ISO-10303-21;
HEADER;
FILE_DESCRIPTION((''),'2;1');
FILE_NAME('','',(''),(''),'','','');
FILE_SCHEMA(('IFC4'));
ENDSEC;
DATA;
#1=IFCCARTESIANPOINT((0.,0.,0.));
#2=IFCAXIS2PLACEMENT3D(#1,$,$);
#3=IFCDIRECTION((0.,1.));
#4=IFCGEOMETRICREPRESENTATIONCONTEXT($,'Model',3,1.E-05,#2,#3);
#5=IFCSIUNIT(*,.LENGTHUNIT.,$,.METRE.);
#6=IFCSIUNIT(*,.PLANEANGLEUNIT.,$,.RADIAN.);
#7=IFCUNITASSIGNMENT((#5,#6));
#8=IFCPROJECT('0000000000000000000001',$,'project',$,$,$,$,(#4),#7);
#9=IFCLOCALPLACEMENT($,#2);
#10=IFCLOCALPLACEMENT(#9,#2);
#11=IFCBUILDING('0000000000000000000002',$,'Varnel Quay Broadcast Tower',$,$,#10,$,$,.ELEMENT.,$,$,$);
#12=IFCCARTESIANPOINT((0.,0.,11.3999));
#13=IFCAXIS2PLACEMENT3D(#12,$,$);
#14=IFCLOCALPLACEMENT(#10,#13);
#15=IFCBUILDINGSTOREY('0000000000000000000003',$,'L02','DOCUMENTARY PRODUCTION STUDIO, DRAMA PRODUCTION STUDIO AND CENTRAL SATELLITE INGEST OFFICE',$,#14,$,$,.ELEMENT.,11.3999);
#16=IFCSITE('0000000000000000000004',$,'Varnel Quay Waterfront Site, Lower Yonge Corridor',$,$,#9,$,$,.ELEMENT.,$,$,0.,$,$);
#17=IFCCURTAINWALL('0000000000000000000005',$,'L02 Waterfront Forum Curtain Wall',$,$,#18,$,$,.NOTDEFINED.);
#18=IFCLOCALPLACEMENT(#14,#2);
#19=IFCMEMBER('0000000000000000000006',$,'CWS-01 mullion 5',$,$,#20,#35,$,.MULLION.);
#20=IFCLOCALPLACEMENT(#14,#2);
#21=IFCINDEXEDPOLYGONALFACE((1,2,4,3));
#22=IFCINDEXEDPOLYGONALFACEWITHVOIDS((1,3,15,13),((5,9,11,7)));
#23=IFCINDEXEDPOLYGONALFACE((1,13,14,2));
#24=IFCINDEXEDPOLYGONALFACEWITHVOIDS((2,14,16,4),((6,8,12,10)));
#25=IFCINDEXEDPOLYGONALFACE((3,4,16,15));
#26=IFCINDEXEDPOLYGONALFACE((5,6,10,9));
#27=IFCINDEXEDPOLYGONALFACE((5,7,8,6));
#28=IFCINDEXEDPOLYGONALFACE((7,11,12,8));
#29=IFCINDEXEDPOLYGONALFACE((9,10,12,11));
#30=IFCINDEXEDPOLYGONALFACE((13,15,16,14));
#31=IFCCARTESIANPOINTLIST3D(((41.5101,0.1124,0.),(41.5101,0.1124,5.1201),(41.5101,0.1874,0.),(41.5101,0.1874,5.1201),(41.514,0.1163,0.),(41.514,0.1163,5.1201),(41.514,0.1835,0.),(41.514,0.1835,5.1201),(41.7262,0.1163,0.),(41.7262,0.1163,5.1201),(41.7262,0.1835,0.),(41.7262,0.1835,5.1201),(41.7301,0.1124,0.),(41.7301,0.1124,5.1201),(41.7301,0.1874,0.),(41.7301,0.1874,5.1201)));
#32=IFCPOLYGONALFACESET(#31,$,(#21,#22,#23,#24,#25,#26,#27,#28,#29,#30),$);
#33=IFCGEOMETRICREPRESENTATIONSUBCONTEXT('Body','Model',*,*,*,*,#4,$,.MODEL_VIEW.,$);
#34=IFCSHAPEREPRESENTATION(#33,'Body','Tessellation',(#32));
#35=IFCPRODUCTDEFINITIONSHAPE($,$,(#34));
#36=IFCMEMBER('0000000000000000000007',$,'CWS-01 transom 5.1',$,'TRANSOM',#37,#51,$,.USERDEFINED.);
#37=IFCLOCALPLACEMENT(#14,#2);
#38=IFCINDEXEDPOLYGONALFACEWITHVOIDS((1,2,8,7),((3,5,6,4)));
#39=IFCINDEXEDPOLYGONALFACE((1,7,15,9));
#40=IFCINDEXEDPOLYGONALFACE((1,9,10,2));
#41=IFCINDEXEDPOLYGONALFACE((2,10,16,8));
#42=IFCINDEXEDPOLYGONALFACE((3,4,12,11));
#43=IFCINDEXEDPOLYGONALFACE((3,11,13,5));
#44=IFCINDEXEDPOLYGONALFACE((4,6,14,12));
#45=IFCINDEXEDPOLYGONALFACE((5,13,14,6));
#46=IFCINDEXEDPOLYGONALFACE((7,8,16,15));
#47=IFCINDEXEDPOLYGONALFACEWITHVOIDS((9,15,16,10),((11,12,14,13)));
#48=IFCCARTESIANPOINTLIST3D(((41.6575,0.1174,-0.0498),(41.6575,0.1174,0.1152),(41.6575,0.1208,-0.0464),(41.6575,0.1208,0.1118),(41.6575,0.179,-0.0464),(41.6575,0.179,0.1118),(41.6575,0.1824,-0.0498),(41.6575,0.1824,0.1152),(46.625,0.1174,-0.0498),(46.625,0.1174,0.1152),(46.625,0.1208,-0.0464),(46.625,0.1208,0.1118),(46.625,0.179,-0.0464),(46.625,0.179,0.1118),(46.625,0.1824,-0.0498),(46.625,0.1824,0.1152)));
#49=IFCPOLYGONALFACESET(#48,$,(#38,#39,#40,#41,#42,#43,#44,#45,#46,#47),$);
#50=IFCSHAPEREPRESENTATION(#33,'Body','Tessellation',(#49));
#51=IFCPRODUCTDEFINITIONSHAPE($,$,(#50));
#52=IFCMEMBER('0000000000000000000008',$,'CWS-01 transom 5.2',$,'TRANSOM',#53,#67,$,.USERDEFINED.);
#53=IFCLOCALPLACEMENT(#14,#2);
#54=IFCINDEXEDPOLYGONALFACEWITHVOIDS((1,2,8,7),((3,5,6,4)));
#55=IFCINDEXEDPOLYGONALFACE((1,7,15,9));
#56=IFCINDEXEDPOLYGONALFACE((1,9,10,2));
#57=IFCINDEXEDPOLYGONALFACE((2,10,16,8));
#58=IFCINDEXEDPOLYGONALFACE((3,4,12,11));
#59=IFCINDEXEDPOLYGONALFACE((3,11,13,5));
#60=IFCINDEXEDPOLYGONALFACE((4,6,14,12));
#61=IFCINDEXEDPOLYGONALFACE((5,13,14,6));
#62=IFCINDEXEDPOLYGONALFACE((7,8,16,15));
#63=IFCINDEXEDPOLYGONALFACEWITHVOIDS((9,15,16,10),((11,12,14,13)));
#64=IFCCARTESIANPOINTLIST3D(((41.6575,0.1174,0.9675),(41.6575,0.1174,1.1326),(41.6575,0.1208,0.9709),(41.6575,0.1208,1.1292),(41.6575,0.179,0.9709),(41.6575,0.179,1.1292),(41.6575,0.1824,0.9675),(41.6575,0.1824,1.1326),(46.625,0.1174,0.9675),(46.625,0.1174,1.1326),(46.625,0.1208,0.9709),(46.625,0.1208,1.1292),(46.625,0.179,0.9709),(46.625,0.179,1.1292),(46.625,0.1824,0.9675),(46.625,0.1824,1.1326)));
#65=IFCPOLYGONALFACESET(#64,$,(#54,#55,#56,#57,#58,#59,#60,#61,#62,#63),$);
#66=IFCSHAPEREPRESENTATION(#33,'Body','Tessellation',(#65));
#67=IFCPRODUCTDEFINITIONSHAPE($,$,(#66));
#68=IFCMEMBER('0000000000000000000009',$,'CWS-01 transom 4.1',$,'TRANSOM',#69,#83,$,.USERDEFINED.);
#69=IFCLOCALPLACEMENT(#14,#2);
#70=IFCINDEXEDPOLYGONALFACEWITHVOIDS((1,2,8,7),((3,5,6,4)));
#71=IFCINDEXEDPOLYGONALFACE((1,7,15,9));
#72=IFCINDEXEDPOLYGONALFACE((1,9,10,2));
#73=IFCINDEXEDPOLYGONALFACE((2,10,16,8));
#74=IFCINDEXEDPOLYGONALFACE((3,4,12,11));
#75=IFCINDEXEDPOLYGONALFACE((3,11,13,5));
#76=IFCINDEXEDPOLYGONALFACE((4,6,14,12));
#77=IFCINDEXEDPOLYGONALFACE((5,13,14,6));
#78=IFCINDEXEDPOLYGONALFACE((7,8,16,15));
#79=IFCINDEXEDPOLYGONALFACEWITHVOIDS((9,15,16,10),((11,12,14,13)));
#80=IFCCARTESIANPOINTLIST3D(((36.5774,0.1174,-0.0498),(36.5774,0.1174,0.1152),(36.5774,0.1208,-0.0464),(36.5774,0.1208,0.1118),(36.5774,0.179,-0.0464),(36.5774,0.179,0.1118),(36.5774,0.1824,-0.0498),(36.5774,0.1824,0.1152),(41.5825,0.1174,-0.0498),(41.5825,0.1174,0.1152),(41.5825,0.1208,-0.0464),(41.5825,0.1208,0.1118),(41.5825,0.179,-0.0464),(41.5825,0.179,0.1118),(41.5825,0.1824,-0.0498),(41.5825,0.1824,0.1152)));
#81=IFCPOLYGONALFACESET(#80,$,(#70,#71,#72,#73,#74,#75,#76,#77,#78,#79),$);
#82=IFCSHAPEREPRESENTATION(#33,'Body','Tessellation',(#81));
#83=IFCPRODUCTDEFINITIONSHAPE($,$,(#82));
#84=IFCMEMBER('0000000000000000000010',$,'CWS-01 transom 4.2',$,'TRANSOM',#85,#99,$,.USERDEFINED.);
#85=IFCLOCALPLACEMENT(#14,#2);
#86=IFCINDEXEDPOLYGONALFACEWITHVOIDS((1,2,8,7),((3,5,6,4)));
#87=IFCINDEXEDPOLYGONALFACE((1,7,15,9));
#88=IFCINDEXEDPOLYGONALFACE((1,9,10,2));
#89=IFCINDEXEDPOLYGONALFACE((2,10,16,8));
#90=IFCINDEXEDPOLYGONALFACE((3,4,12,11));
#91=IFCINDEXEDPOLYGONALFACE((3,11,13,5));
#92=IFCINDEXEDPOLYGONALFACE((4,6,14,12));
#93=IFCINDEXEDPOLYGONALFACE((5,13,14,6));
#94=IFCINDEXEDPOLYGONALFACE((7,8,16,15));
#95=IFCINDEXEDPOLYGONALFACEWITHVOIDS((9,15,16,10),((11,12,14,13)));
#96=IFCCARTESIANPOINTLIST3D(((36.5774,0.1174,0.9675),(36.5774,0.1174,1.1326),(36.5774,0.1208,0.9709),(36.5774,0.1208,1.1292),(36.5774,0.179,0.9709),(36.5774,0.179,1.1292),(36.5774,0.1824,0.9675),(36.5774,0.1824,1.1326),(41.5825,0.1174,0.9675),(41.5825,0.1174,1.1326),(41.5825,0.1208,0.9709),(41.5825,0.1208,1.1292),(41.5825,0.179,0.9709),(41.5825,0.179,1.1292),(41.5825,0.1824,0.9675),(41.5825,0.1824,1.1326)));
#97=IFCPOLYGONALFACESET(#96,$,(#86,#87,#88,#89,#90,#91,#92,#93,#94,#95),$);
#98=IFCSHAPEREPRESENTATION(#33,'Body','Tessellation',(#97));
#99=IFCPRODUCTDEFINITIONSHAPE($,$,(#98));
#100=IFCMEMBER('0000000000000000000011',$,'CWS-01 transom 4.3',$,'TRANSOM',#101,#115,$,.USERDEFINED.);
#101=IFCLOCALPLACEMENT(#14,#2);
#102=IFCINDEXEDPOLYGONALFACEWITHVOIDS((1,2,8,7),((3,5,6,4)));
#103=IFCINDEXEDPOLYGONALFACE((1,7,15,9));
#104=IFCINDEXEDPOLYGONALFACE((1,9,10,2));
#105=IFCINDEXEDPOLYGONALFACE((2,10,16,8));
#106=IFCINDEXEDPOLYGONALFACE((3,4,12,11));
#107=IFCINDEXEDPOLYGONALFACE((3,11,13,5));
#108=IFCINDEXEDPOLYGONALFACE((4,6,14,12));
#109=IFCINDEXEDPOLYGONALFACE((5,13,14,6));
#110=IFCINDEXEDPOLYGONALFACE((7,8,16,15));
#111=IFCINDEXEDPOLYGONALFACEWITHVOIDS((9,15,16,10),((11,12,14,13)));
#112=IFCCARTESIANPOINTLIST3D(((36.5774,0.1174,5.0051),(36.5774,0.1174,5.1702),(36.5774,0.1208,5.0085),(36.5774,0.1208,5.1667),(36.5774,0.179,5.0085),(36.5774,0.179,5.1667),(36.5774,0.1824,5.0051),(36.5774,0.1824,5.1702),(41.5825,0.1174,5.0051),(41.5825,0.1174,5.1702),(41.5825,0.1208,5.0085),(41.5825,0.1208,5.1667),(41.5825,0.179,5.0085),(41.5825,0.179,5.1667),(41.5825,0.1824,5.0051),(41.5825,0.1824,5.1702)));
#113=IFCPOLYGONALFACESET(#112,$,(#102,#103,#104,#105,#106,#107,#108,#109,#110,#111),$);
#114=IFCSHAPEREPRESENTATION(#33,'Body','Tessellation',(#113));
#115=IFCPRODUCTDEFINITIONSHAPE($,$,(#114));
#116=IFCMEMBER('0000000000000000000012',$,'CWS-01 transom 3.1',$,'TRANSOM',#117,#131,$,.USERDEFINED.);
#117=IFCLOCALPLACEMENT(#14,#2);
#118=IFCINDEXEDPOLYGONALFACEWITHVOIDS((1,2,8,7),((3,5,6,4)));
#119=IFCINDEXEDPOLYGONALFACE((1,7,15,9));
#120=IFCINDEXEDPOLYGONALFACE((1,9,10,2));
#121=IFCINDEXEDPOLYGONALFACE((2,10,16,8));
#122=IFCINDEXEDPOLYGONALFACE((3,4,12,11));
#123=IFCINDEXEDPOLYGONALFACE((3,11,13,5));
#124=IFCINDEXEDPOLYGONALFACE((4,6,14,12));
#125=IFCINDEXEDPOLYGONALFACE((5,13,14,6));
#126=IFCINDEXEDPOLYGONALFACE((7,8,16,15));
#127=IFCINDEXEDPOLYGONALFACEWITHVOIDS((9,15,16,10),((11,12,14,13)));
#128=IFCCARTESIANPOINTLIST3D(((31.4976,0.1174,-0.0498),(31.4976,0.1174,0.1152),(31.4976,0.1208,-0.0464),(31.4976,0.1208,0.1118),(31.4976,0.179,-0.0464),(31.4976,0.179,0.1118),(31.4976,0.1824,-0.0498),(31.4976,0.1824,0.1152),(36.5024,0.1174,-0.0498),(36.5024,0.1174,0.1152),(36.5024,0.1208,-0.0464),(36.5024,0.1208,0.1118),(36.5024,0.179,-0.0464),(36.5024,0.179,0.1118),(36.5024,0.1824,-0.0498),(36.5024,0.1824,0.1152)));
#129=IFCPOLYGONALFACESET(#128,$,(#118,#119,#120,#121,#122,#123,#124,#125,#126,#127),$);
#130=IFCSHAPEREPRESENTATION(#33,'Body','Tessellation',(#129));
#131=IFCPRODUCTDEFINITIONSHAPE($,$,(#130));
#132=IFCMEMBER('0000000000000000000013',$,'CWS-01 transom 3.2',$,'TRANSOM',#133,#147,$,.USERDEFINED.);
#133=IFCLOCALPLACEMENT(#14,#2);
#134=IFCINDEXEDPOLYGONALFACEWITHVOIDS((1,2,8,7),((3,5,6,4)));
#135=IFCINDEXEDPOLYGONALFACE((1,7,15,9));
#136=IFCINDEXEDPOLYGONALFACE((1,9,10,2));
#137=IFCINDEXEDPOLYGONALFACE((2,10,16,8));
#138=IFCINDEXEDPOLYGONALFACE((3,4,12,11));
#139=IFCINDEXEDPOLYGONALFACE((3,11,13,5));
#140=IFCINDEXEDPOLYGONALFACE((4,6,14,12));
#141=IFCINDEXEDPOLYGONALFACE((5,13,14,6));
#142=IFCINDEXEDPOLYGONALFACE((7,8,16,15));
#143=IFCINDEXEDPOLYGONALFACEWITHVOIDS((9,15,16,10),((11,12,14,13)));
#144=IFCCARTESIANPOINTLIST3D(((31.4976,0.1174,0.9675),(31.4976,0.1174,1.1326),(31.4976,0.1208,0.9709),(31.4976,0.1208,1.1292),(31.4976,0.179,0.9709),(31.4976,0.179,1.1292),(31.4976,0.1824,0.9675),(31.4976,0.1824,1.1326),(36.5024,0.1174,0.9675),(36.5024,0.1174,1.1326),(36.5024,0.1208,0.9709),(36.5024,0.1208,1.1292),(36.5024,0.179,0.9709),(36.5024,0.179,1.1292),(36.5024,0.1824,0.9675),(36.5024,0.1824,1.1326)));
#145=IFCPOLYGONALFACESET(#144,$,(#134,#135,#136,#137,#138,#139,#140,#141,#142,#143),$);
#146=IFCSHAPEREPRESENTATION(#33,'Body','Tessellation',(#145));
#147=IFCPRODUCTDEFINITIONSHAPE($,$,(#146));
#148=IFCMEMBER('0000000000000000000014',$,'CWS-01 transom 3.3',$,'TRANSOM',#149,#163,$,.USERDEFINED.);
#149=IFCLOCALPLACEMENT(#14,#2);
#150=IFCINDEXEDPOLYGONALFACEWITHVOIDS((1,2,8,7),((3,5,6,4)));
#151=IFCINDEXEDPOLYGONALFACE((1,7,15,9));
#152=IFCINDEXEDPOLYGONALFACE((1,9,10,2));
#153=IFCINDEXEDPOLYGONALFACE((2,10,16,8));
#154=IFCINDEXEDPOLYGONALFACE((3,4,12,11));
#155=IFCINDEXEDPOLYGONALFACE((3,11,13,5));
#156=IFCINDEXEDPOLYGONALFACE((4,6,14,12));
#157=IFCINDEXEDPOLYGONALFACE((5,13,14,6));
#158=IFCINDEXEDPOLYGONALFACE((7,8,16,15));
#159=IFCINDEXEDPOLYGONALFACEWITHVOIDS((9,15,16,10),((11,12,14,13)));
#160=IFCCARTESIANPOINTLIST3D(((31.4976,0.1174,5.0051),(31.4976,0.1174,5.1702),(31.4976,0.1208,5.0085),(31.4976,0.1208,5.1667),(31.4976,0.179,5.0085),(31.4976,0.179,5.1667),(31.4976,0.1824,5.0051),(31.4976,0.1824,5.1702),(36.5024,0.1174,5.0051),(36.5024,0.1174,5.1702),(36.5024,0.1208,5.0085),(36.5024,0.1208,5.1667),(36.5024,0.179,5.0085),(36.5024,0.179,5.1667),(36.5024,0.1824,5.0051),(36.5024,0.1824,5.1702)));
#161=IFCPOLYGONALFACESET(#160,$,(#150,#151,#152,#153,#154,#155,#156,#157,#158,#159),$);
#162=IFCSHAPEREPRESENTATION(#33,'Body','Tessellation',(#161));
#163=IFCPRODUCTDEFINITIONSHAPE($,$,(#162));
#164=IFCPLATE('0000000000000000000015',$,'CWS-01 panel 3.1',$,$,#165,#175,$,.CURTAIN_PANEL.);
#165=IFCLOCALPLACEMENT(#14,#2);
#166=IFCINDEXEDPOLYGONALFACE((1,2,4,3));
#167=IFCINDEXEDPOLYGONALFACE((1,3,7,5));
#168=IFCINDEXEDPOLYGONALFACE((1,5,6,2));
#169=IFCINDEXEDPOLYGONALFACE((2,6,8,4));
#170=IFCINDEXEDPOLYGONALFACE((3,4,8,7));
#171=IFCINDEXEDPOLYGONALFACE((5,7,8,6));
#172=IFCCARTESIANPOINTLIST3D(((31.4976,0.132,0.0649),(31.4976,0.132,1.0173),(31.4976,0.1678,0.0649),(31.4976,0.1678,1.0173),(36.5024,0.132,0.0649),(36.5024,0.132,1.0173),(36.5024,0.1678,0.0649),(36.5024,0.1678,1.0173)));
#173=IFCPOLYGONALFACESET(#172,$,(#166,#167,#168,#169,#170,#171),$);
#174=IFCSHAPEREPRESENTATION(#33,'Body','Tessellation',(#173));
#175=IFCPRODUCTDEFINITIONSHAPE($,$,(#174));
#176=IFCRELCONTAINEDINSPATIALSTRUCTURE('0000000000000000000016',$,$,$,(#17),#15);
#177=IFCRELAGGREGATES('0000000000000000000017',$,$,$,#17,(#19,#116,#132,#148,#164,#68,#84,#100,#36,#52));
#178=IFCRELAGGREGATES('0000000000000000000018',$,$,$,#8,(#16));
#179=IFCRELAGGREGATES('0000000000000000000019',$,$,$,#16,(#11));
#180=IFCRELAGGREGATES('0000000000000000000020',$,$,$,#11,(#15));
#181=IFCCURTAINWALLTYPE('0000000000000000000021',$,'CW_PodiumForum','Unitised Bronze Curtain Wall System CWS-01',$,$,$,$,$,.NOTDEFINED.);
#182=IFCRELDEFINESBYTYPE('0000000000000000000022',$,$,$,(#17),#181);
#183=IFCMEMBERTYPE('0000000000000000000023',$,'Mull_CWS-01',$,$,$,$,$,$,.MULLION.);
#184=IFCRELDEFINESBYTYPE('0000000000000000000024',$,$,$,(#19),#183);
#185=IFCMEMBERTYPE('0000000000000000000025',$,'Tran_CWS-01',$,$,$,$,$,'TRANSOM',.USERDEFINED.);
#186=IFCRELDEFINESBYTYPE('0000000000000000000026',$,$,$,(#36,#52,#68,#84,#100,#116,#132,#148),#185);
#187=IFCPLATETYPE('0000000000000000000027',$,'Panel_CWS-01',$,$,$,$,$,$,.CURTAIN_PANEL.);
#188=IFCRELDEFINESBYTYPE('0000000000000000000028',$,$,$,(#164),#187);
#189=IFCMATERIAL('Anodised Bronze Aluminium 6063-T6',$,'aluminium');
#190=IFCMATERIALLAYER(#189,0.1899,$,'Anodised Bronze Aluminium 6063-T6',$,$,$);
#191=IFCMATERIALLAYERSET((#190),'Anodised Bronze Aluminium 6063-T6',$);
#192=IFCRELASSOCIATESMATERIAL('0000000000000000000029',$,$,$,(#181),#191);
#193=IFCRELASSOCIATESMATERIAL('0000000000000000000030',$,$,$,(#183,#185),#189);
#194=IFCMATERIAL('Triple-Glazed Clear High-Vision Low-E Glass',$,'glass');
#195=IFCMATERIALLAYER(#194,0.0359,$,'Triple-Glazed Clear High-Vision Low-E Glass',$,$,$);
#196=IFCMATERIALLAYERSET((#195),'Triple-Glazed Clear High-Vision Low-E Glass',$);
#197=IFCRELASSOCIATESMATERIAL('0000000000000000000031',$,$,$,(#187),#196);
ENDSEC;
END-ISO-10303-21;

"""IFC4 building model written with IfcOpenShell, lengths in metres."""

from ifc_helpers import new_model, si_unit, direction, frame, origin, origin_2d, place, context, subcontext, project, spatial, rectangle, hollow_rectangle, extrude, source, transform, mapped, material, layer, layer_set, material_profile, profile_set, type_object, type_shapes, element, aggregate, save


model = new_model("IFC4")

# Units and contexts
model_context = context("Model", 3, precision=1e-05, world=origin(), true_north=direction((0.0, 1.0)))
body_context = subcontext(model_context, "Body", "Model", "MODEL_VIEW")
ifc_project = project(units=[si_unit("LENGTHUNIT", "METRE"), si_unit("PLANEANGLEUNIT", "RADIAN")], contexts=[model_context])

# Site, building, storey
site_placement = place(None, origin())
site = spatial("IfcSite", under=ifc_project, at=site_placement, Name="Varnel Quay Waterfront Site, Lower Yonge Corridor", CompositionType="ELEMENT", RefElevation=0.0)
building_placement = place(site_placement, origin())
building = spatial("IfcBuilding", under=site, at=building_placement, Name="Varnel Quay Broadcast Tower", CompositionType="ELEMENT")
storey_placement = place(building_placement, frame((0.0, 0.0, 11.3999)))
storey = spatial("IfcBuildingStorey", under=building, at=storey_placement, Name="L02", Description="DOCUMENTARY PRODUCTION STUDIO, DRAMA PRODUCTION STUDIO AND CENTRAL SATELLITE INGEST OFFICE", CompositionType="ELEMENT", Elevation=11.3999)

# Curtain wall, members, plate
ifc_material_1 = material(Name="Anodised Bronze Aluminium 6063-T6", Category="aluminium")
ifc_layer_1 = layer(ifc_material_1, 0.1899, Name="Anodised Bronze Aluminium 6063-T6")
ifc_layer_set_1 = layer_set([ifc_layer_1], Name="Anodised Bronze Aluminium 6063-T6")
curtain_wall_type = type_object("IfcCurtainWallType", Name="CW_PodiumForum", Description="Unitised Bronze Curtain Wall System CWS-01", PredefinedType="NOTDEFINED", material=ifc_layer_set_1)
curtain_wall_placement = place(storey_placement, origin())
curtain_wall = element("IfcCurtainWall", 1, at=curtain_wall_placement, inside=storey, type_object=curtain_wall_type, Name="L02 Waterfront Forum Curtain Wall", PredefinedType="NOTDEFINED")
ifc_material_profile_1 = material_profile(ifc_material_1, hollow_rectangle(XDim=0.075, YDim=0.22, WallThickness=0.0039, at=origin_2d()), Name="ALU75X220X4")
ifc_profile_set_1 = profile_set([ifc_material_profile_1], Name="Anodised Bronze Aluminium 6063-T6")
member_type_1 = type_object("IfcMemberType", Name="Mull_CWS-01", PredefinedType="MULLION", material=ifc_profile_set_1)
shared_shape_1 = source(origin(), body_context, "Body", "SweptSolid", [
    extrude(hollow_rectangle(XDim=0.075, YDim=0.22, WallThickness=0.0039, at=origin_2d()), origin(), (0.0, 0.0, 1.0), 5.1201),
])
type_shapes(member_type_1, [shared_shape_1])
member_1_placement = place(storey_placement, frame((41.6201, 0.1499, 0.0), z_axis=(0.0, 0.0, 1.0), x_axis=(0.0, 1.0, 0.0)))
member_1 = element("IfcMember", 2, at=member_1_placement, type_object=member_type_1, Name="CWS-01 mullion 5", PredefinedType="MULLION", context=body_context, shape_type="MappedRepresentation", body=[
    mapped(shared_shape_1, transform((0.0, 0.0, 0.0), x_axis=(1.0, 0.0, 0.0), y_axis=(0.0, 1.0, 0.0), z_axis=(0.0, 0.0, 1.0), scale=1.0)),
])
ifc_material_profile_2 = material_profile(ifc_material_1, hollow_rectangle(XDim=0.0649, YDim=0.165, WallThickness=0.0034, at=origin_2d()), Name="ALU65X165X3.5")
ifc_profile_set_2 = profile_set([ifc_material_profile_2], Name="Anodised Bronze Aluminium 6063-T6")
member_type_2 = type_object("IfcMemberType", Name="Tran_CWS-01", ElementType="TRANSOM", PredefinedType="USERDEFINED", material=ifc_profile_set_2)
shared_shape_2 = source(origin(), body_context, "Body", "SweptSolid", [
    extrude(hollow_rectangle(XDim=0.0649, YDim=0.165, WallThickness=0.0034, at=origin_2d()), origin(), (0.0, 0.0, 1.0), 4.9675),
])
member_2_placement = place(storey_placement, frame((41.6575, 0.1499, 0.0327), z_axis=(1.0, 0.0, 0.0), x_axis=(0.0, 1.0, 0.0)))
member_2 = element("IfcMember", 3, at=member_2_placement, type_object=member_type_2, Name="CWS-01 transom 5.1", ObjectType="TRANSOM", PredefinedType="USERDEFINED", context=body_context, shape_type="MappedRepresentation", body=[
    mapped(shared_shape_2, transform((0.0, 0.0, 0.0), x_axis=(1.0, 0.0, 0.0), y_axis=(0.0, 1.0, 0.0), z_axis=(0.0, 0.0, 1.0), scale=1.0)),
])
member_3_placement = place(storey_placement, frame((41.6575, 0.1499, 1.05), z_axis=(1.0, 0.0, 0.0), x_axis=(0.0, 1.0, 0.0)))
member_3 = element("IfcMember", 4, at=member_3_placement, type_object=member_type_2, Name="CWS-01 transom 5.2", ObjectType="TRANSOM", PredefinedType="USERDEFINED", context=body_context, shape_type="MappedRepresentation", body=[
    mapped(shared_shape_2, transform((0.0, 0.0, 0.0), x_axis=(1.0, 0.0, 0.0), y_axis=(0.0, 1.0, 0.0), z_axis=(0.0, 0.0, 1.0), scale=1.0)),
])
shared_shape_3 = source(origin(), body_context, "Body", "SweptSolid", [
    extrude(hollow_rectangle(XDim=0.0649, YDim=0.165, WallThickness=0.0034, at=origin_2d()), origin(), (0.0, 0.0, 1.0), 5.0051),
])
member_4_placement = place(storey_placement, frame((36.5774, 0.1499, 0.0327), z_axis=(1.0, 0.0, 0.0), x_axis=(0.0, 1.0, 0.0)))
member_4 = element("IfcMember", 5, at=member_4_placement, type_object=member_type_2, Name="CWS-01 transom 4.1", ObjectType="TRANSOM", PredefinedType="USERDEFINED", context=body_context, shape_type="MappedRepresentation", body=[
    mapped(shared_shape_3, transform((0.0, 0.0, 0.0), x_axis=(1.0, 0.0, 0.0), y_axis=(0.0, 1.0, 0.0), z_axis=(0.0, 0.0, 1.0), scale=1.0)),
])
member_5_placement = place(storey_placement, frame((36.5774, 0.1499, 1.05), z_axis=(1.0, 0.0, 0.0), x_axis=(0.0, 1.0, 0.0)))
member_5 = element("IfcMember", 6, at=member_5_placement, type_object=member_type_2, Name="CWS-01 transom 4.2", ObjectType="TRANSOM", PredefinedType="USERDEFINED", context=body_context, shape_type="MappedRepresentation", body=[
    mapped(shared_shape_3, transform((0.0, 0.0, 0.0), x_axis=(1.0, 0.0, 0.0), y_axis=(0.0, 1.0, 0.0), z_axis=(0.0, 0.0, 1.0), scale=1.0)),
])
member_6_placement = place(storey_placement, frame((36.5774, 0.1499, 5.0876), z_axis=(1.0, 0.0, 0.0), x_axis=(0.0, 1.0, 0.0)))
member_6 = element("IfcMember", 7, at=member_6_placement, type_object=member_type_2, Name="CWS-01 transom 4.3", ObjectType="TRANSOM", PredefinedType="USERDEFINED", context=body_context, shape_type="MappedRepresentation", body=[
    mapped(shared_shape_3, transform((0.0, 0.0, 0.0), x_axis=(1.0, 0.0, 0.0), y_axis=(0.0, 1.0, 0.0), z_axis=(0.0, 0.0, 1.0), scale=1.0)),
])
shared_shape_4 = source(origin(), body_context, "Body", "SweptSolid", [
    extrude(hollow_rectangle(XDim=0.0649, YDim=0.165, WallThickness=0.0034, at=origin_2d()), origin(), (0.0, 0.0, 1.0), 5.0049),
])
type_shapes(member_type_2, [shared_shape_2, shared_shape_3, shared_shape_4])
member_7_placement = place(storey_placement, frame((31.4976, 0.1499, 0.0327), z_axis=(1.0, 0.0, 0.0), x_axis=(0.0, 1.0, 0.0)))
member_7 = element("IfcMember", 8, at=member_7_placement, type_object=member_type_2, Name="CWS-01 transom 3.1", ObjectType="TRANSOM", PredefinedType="USERDEFINED", context=body_context, shape_type="MappedRepresentation", body=[
    mapped(shared_shape_4, transform((0.0, 0.0, 0.0), x_axis=(1.0, 0.0, 0.0), y_axis=(0.0, 1.0, 0.0), z_axis=(0.0, 0.0, 1.0), scale=1.0)),
])
member_8_placement = place(storey_placement, frame((31.4976, 0.1499, 1.05), z_axis=(1.0, 0.0, 0.0), x_axis=(0.0, 1.0, 0.0)))
member_8 = element("IfcMember", 9, at=member_8_placement, type_object=member_type_2, Name="CWS-01 transom 3.2", ObjectType="TRANSOM", PredefinedType="USERDEFINED", context=body_context, shape_type="MappedRepresentation", body=[
    mapped(shared_shape_4, transform((0.0, 0.0, 0.0), x_axis=(1.0, 0.0, 0.0), y_axis=(0.0, 1.0, 0.0), z_axis=(0.0, 0.0, 1.0), scale=1.0)),
])
member_9_placement = place(storey_placement, frame((31.4976, 0.1499, 5.0876), z_axis=(1.0, 0.0, 0.0), x_axis=(0.0, 1.0, 0.0)))
member_9 = element("IfcMember", 10, at=member_9_placement, type_object=member_type_2, Name="CWS-01 transom 3.3", ObjectType="TRANSOM", PredefinedType="USERDEFINED", context=body_context, shape_type="MappedRepresentation", body=[
    mapped(shared_shape_4, transform((0.0, 0.0, 0.0), x_axis=(1.0, 0.0, 0.0), y_axis=(0.0, 1.0, 0.0), z_axis=(0.0, 0.0, 1.0), scale=1.0)),
])
ifc_material_2 = material(Name="Triple-Glazed Clear High-Vision Low-E Glass", Category="glass")
ifc_layer_2 = layer(ifc_material_2, 0.0359, Name="Triple-Glazed Clear High-Vision Low-E Glass")
ifc_layer_set_2 = layer_set([ifc_layer_2], Name="Triple-Glazed Clear High-Vision Low-E Glass")
plate_type = type_object("IfcPlateType", Name="Panel_CWS-01", PredefinedType="CURTAIN_PANEL", material=ifc_layer_set_2)
shared_shape_5 = source(origin(), body_context, "Body", "SweptSolid", [
    extrude(rectangle(XDim=5.0049, YDim=0.0359, at=origin_2d()), origin(), (0.0, 0.0, 1.0), 0.9524),
])
plate_1_placement = place(storey_placement, frame((34.0, 0.1499, 0.0649), z_axis=(0.0, 0.0, 1.0), x_axis=(1.0, 0.0, 0.0)))
plate_1 = element("IfcPlate", 11, at=plate_1_placement, type_object=plate_type, Name="CWS-01 panel 3.1", PredefinedType="CURTAIN_PANEL", context=body_context, shape_type="MappedRepresentation", body=[
    mapped(shared_shape_5, transform((0.0, 0.0, 0.0), x_axis=(1.0, 0.0, 0.0), y_axis=(0.0, 1.0, 0.0), z_axis=(0.0, 0.0, 1.0), scale=1.0)),
])
aggregate(curtain_wall, [member_1, member_7, member_8, member_9, plate_1, member_4, member_5, member_6, member_2, member_3])

save(model, "model.ifc")
